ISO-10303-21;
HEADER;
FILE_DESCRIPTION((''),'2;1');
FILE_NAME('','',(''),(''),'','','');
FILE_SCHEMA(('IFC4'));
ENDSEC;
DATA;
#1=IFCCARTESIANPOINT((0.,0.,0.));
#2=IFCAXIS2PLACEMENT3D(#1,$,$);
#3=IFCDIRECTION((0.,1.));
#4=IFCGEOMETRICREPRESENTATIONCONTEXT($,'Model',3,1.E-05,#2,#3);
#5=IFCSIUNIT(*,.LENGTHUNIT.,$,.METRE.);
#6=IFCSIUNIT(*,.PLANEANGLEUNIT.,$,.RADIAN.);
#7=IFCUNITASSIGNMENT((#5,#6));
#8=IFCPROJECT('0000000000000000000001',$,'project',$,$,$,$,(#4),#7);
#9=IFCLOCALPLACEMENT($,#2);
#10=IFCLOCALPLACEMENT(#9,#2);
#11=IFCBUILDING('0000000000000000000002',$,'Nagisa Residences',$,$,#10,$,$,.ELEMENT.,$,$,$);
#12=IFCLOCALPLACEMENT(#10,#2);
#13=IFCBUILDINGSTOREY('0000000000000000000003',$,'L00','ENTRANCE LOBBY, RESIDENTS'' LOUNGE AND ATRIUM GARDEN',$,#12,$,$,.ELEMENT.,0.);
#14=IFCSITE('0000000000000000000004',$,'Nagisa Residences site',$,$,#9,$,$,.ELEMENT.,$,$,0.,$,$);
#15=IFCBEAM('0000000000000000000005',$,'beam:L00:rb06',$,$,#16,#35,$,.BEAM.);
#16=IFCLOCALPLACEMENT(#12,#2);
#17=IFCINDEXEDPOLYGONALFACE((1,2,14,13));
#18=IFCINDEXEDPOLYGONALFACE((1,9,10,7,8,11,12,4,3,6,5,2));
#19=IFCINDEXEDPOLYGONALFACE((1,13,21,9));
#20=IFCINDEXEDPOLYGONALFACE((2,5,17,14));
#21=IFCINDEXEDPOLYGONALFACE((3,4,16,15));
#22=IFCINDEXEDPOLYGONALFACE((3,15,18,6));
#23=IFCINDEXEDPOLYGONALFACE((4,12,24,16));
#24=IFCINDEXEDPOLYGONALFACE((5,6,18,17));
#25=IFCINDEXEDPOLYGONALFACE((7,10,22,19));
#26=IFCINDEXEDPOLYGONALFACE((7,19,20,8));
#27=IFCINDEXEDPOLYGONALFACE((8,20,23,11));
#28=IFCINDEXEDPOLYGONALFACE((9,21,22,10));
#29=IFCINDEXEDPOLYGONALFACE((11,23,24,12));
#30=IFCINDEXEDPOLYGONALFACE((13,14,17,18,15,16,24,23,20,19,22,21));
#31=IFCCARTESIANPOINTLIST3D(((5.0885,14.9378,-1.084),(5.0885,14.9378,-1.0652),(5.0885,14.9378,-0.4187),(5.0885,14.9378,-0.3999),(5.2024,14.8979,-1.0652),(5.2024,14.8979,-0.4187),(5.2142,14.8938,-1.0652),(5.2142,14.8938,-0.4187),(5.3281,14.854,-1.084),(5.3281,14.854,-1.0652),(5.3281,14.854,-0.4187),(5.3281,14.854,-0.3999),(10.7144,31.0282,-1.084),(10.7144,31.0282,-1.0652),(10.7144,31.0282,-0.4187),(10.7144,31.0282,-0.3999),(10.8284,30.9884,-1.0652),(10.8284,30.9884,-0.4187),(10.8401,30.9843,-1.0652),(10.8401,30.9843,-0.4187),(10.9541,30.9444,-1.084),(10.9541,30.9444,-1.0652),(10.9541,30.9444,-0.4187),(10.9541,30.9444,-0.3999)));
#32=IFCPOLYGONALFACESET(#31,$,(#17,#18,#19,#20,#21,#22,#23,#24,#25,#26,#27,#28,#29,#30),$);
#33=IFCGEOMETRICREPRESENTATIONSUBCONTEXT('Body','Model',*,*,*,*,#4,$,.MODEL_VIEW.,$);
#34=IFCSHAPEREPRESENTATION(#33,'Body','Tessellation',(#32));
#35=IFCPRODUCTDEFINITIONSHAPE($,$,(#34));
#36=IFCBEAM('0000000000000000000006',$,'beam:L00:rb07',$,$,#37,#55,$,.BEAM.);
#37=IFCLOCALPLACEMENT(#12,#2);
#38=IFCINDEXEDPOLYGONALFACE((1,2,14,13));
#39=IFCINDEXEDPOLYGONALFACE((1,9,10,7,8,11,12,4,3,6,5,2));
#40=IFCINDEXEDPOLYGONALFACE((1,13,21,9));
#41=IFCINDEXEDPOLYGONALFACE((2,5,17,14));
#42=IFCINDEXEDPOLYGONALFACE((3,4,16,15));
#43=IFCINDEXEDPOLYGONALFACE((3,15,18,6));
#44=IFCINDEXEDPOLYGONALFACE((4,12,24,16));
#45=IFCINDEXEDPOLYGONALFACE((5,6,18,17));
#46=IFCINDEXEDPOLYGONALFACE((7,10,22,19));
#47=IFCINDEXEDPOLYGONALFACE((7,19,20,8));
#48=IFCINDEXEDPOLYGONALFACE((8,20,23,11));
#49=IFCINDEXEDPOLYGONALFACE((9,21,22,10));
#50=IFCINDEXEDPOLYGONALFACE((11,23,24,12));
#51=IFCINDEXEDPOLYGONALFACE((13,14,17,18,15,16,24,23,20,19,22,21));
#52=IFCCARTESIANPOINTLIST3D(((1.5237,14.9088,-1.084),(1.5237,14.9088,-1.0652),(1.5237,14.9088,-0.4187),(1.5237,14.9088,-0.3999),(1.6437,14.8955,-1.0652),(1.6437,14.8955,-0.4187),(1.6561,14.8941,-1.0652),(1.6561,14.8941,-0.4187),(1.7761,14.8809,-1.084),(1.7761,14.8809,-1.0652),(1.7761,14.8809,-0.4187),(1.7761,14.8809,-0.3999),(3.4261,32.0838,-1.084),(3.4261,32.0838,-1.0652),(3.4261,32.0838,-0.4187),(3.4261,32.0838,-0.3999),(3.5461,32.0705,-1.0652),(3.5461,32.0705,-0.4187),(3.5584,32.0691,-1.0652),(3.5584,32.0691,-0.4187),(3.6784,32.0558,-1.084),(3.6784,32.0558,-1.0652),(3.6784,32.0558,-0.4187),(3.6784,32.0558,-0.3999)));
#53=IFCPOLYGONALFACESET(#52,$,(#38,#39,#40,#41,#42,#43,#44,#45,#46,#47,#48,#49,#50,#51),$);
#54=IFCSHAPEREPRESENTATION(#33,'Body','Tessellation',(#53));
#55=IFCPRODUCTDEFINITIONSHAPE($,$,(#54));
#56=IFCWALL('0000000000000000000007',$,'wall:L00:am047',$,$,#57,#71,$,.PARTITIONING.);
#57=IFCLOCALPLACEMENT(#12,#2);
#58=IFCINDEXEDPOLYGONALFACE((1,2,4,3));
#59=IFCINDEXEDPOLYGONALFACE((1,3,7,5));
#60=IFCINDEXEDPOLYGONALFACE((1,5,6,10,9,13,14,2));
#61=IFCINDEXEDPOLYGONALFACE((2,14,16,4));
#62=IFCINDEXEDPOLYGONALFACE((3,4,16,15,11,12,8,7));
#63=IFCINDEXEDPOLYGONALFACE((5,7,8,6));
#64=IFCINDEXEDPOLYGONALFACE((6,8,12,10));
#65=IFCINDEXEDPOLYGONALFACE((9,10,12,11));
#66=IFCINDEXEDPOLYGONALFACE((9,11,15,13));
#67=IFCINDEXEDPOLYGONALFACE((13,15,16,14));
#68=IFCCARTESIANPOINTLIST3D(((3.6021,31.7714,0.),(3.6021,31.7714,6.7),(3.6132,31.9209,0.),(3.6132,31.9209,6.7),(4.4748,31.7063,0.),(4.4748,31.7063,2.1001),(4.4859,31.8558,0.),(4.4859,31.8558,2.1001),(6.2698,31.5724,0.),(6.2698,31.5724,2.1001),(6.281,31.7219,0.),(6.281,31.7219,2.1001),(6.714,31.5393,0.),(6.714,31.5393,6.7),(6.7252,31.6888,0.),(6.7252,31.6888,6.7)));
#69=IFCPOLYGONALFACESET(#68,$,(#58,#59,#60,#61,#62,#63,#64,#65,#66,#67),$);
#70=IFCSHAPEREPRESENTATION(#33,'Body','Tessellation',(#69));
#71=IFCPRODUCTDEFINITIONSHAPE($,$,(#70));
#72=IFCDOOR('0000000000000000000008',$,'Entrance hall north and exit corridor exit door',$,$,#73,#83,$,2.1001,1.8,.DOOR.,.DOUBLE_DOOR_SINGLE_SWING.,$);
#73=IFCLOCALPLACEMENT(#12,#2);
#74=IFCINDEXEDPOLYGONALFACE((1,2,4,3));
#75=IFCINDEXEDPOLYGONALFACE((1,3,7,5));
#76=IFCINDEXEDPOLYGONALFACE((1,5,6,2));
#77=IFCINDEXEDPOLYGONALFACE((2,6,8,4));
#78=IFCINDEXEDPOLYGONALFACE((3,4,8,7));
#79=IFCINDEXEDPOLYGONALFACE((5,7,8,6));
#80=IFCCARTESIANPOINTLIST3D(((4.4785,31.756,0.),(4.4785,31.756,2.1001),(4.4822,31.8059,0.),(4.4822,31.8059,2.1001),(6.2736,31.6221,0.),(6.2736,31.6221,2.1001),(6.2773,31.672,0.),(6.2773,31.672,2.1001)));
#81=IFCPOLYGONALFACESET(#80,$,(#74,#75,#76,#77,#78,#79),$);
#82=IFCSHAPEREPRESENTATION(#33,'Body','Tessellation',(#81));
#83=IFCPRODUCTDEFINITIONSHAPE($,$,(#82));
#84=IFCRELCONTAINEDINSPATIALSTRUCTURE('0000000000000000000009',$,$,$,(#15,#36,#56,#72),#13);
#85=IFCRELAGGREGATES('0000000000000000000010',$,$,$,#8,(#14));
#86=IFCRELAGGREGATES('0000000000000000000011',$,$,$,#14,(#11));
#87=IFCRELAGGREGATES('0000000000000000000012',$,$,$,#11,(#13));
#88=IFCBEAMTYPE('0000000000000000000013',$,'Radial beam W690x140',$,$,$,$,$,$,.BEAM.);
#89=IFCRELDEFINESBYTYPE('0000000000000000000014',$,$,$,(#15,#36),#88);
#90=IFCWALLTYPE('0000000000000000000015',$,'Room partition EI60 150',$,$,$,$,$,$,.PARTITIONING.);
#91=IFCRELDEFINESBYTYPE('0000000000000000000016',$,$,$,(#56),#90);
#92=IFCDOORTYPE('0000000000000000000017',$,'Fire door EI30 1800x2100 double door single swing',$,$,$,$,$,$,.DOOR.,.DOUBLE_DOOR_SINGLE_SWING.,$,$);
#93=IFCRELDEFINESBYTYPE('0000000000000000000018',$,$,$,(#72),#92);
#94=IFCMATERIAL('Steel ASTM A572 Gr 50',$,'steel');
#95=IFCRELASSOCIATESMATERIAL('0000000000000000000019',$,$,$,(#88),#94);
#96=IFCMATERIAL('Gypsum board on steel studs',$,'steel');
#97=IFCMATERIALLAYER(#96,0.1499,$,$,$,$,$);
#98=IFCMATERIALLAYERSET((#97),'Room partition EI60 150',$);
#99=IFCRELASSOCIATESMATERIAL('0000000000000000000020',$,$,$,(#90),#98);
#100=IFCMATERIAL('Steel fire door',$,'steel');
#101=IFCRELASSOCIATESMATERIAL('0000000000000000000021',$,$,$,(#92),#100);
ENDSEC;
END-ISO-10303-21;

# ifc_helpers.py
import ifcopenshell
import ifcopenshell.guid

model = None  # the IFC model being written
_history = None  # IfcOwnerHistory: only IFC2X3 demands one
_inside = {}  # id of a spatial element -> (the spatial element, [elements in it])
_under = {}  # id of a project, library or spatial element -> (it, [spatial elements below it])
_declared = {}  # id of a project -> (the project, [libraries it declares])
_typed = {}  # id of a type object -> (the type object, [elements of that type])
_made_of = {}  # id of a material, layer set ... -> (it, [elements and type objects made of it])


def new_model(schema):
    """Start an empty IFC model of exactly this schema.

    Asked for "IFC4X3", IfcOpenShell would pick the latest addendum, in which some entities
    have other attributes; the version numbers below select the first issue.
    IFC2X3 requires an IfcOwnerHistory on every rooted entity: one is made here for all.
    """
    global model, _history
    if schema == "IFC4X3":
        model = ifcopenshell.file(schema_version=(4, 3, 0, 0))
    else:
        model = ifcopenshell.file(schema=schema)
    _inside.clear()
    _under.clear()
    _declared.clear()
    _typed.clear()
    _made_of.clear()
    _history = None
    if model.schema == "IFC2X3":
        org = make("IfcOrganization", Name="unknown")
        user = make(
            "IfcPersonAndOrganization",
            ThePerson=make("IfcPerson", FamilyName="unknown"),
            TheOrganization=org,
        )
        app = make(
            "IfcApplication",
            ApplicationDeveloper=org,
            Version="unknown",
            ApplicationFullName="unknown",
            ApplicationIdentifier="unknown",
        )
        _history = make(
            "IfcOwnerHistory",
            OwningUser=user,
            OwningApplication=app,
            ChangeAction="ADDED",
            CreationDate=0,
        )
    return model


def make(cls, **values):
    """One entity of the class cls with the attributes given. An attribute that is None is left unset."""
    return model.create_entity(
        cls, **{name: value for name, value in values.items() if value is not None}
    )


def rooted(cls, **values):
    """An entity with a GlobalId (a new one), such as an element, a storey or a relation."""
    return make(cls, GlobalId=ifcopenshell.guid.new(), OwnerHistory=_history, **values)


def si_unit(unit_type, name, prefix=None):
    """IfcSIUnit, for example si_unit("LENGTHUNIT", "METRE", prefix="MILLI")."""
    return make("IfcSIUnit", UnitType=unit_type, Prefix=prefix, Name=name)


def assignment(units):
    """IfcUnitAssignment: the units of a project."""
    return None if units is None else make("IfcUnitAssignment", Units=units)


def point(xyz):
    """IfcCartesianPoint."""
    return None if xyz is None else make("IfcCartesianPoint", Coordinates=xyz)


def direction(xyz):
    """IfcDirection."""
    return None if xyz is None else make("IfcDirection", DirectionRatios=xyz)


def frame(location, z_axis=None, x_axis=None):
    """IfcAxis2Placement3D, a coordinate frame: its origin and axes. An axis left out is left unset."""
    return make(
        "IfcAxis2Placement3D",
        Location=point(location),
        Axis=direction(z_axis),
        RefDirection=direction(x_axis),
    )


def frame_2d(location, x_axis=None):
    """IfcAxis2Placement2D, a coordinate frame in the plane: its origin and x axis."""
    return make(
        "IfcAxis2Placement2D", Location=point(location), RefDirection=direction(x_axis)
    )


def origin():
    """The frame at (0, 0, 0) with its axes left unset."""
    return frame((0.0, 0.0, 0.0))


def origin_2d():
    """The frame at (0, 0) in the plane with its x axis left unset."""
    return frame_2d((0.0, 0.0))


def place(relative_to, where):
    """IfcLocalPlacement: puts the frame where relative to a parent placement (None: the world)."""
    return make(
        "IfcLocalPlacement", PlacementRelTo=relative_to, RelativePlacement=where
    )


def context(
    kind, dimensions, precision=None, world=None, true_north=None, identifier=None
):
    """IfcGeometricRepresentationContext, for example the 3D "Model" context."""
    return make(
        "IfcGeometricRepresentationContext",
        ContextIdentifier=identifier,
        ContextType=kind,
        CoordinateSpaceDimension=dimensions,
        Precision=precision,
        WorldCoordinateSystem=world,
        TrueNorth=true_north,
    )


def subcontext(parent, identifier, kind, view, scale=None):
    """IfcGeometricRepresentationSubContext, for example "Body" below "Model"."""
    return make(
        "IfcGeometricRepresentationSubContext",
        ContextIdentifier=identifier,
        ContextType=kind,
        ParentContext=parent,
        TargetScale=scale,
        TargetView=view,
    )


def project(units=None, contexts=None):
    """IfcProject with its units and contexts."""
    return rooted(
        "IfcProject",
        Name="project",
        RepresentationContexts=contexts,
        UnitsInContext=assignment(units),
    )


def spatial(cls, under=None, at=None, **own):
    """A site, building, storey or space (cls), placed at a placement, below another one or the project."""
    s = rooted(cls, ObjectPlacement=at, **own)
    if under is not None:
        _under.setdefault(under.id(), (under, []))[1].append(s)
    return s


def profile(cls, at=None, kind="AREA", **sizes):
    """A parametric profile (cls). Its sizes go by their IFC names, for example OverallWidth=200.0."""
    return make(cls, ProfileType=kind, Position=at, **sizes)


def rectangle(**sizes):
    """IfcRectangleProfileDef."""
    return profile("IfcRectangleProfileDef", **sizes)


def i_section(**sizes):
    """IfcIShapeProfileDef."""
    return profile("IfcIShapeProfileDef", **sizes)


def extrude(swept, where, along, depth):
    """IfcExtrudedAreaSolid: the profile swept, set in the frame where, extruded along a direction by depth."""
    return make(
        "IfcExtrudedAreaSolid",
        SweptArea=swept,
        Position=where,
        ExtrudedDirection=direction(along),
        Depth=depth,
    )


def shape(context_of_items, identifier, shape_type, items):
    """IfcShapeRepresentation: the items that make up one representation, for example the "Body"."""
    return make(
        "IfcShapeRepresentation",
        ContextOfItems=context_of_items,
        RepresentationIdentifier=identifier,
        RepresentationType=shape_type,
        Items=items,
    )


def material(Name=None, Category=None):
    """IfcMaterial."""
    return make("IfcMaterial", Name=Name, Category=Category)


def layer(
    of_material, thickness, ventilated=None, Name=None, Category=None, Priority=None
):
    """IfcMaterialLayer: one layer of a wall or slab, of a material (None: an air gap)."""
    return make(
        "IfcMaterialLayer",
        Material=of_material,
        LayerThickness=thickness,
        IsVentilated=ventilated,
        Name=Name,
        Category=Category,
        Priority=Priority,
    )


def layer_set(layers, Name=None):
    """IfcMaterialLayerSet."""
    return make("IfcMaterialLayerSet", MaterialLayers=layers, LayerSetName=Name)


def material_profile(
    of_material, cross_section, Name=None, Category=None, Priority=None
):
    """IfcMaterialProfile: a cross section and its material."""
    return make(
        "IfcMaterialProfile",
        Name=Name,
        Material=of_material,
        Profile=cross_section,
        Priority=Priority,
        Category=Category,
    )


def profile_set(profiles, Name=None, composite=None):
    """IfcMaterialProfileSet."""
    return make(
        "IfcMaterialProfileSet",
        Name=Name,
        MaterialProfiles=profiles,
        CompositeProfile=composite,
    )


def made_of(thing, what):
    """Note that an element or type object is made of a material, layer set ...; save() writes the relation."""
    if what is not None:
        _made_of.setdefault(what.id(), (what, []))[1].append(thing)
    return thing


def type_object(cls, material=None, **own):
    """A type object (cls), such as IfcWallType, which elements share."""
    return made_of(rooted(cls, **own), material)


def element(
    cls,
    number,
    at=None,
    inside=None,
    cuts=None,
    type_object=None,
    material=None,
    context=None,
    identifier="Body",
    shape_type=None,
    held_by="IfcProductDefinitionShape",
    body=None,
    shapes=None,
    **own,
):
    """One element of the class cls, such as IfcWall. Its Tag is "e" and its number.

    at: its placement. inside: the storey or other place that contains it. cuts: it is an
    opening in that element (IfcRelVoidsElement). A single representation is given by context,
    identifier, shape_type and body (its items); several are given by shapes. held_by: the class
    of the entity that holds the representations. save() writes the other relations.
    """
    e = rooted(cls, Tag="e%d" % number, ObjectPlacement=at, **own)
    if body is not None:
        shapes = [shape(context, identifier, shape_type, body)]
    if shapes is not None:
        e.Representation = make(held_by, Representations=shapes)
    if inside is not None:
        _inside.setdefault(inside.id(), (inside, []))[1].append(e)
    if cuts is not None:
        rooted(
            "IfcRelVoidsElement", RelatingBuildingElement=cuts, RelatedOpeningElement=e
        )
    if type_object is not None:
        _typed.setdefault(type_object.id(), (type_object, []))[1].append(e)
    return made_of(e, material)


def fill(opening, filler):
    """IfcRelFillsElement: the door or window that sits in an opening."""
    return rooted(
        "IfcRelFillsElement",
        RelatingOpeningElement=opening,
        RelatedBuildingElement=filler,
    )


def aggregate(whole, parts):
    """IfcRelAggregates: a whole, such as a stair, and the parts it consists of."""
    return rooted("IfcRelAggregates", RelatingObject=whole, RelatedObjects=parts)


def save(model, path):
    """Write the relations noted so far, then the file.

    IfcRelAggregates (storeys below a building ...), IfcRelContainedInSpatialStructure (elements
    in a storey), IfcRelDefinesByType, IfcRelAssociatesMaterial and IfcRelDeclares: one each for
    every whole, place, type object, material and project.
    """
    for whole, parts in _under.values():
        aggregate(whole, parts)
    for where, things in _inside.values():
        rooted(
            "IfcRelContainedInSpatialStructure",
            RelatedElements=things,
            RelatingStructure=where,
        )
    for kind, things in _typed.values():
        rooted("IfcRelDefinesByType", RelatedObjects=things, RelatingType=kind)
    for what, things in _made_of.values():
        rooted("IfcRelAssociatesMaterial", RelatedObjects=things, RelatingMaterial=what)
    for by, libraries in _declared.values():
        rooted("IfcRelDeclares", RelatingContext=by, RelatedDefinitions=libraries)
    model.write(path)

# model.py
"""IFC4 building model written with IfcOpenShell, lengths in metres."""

from ifc_helpers import new_model, si_unit, direction, frame, frame_2d, origin, origin_2d, place, context, subcontext, project, spatial, rectangle, i_section, extrude, material, layer, layer_set, material_profile, profile_set, type_object, element, fill, save


model = new_model("IFC4")

# Units and contexts
model_context = context("Model", 3, precision=1e-05, world=origin(), true_north=direction((0.0, 1.0)))
body_context = subcontext(model_context, "Body", "Model", "MODEL_VIEW")
ifc_project = project(units=[si_unit("LENGTHUNIT", "METRE"), si_unit("PLANEANGLEUNIT", "RADIAN")], contexts=[model_context])

# Site, building, storey
site_placement = place(None, origin())
site = spatial("IfcSite", under=ifc_project, at=site_placement, Name="Nagisa Residences site", CompositionType="ELEMENT", RefElevation=0.0)
building_placement = place(site_placement, origin())
building = spatial("IfcBuilding", under=site, at=building_placement, Name="Nagisa Residences", CompositionType="ELEMENT")
storey_placement = place(building_placement, origin())
storey = spatial("IfcBuildingStorey", under=building, at=storey_placement, Name="L00", Description="ENTRANCE LOBBY, RESIDENTS' LOUNGE AND ATRIUM GARDEN", CompositionType="ELEMENT", Elevation=0.0)

# Beams
ifc_material_1 = material(Name="Steel ASTM A572 Gr 50", Category="steel")
ifc_material_profile_1 = material_profile(ifc_material_1, i_section(OverallWidth=0.2539, OverallDepth=0.6841, WebThickness=0.0125, FlangeThickness=0.0188, at=origin_2d()), Name="W690x140")
ifc_profile_set_1 = profile_set([ifc_material_profile_1], Name="Steel ASTM A572 Gr 50")
beam_type_1 = type_object("IfcBeamType", Name="Radial beam W690x140", PredefinedType="BEAM", material=ifc_profile_set_1)
beam_1_placement = place(storey_placement, frame((10.8342, 30.9863, -0.7419), z_axis=(-0.330051, -0.943963, 0.0), x_axis=(0.943963, -0.330051, 0.0)))
element("IfcBeam", 1, at=beam_1_placement, inside=storey, type_object=beam_type_1, Name="beam:L00:rb06", PredefinedType="BEAM", context=body_context, shape_type="SweptSolid", body=[
    extrude(i_section(OverallWidth=0.2539, OverallDepth=0.6841, WebThickness=0.0125, FlangeThickness=0.0188, at=origin_2d()), origin(), (0.0, 0.0, 1.0), 17.0457),
])
beam_2_placement = place(storey_placement, frame((3.5522, 32.0698, -0.7419), z_axis=(-0.110089, -0.993922, 0.0), x_axis=(0.993922, -0.110089, 0.0)))
element("IfcBeam", 2, at=beam_2_placement, inside=storey, type_object=beam_type_1, Name="beam:L00:rb07", PredefinedType="BEAM", context=body_context, shape_type="SweptSolid", body=[
    extrude(i_section(OverallWidth=0.2539, OverallDepth=0.6841, WebThickness=0.0125, FlangeThickness=0.0188, at=origin_2d()), origin(), (0.0, 0.0, 1.0), 17.28),
])

# Wall, opening, door
ifc_material_2 = material(Name="Gypsum board on steel studs", Category="steel")
ifc_layer_1 = layer(ifc_material_2, 0.1499)
ifc_layer_set_1 = layer_set([ifc_layer_1], Name="Room partition EI60 150")
wall_type = type_object("IfcWallType", Name="Room partition EI60 150", PredefinedType="PARTITIONING", material=ifc_layer_set_1)
wall_placement = place(storey_placement, frame((3.6077, 31.8462, 0.0), z_axis=(0.0, 0.0, 1.0), x_axis=(0.997229, -0.074399, 0.0)))
wall = element("IfcWall", 3, at=wall_placement, inside=storey, type_object=wall_type, Name="wall:L00:am047", PredefinedType="PARTITIONING", context=body_context, shape_type="SweptSolid", body=[
    extrude(rectangle(XDim=3.1206, YDim=0.1499, at=frame_2d((1.5603, 0.0))), origin(), (0.0, 0.0, 1.0), 6.7),
])
opening_placement = place(wall_placement, frame((0.8752, 0.0, 0.0)))
opening = element("IfcOpeningElement", 4, at=opening_placement, cuts=wall, PredefinedType="OPENING", context=body_context, shape_type="SweptSolid", body=[
    extrude(rectangle(XDim=1.8, YDim=2.1001, at=frame_2d((0.8999, 1.05))), frame((0.0, 0.085, 0.0), z_axis=(0.0, -1.0, 0.0), x_axis=(1.0, 0.0, 0.0)), (0.0, 0.0, 1.0), 0.1699),
])
ifc_material_3 = material(Name="Steel fire door", Category="steel")
door_type = type_object("IfcDoorType", Name="Fire door EI30 1800x2100 double door single swing", OperationType="DOUBLE_DOOR_SINGLE_SWING", PredefinedType="DOOR", material=ifc_material_3)
door_placement = place(opening_placement, origin())
door = element("IfcDoor", 5, at=door_placement, inside=storey, type_object=door_type, Name="Entrance hall north and exit corridor exit door", OperationType="DOUBLE_DOOR_SINGLE_SWING", OverallHeight=2.1001, OverallWidth=1.8, PredefinedType="DOOR", context=body_context, shape_type="SweptSolid", body=[
    extrude(rectangle(XDim=1.8, YDim=2.1001, at=frame_2d((0.8999, 1.05))), frame((0.0, 0.0249, 0.0), z_axis=(0.0, -1.0, 0.0), x_axis=(1.0, 0.0, 0.0)), (0.0, 0.0, 1.0), 0.05),
])
fill(opening, door)

save(model, "model.ifc")
